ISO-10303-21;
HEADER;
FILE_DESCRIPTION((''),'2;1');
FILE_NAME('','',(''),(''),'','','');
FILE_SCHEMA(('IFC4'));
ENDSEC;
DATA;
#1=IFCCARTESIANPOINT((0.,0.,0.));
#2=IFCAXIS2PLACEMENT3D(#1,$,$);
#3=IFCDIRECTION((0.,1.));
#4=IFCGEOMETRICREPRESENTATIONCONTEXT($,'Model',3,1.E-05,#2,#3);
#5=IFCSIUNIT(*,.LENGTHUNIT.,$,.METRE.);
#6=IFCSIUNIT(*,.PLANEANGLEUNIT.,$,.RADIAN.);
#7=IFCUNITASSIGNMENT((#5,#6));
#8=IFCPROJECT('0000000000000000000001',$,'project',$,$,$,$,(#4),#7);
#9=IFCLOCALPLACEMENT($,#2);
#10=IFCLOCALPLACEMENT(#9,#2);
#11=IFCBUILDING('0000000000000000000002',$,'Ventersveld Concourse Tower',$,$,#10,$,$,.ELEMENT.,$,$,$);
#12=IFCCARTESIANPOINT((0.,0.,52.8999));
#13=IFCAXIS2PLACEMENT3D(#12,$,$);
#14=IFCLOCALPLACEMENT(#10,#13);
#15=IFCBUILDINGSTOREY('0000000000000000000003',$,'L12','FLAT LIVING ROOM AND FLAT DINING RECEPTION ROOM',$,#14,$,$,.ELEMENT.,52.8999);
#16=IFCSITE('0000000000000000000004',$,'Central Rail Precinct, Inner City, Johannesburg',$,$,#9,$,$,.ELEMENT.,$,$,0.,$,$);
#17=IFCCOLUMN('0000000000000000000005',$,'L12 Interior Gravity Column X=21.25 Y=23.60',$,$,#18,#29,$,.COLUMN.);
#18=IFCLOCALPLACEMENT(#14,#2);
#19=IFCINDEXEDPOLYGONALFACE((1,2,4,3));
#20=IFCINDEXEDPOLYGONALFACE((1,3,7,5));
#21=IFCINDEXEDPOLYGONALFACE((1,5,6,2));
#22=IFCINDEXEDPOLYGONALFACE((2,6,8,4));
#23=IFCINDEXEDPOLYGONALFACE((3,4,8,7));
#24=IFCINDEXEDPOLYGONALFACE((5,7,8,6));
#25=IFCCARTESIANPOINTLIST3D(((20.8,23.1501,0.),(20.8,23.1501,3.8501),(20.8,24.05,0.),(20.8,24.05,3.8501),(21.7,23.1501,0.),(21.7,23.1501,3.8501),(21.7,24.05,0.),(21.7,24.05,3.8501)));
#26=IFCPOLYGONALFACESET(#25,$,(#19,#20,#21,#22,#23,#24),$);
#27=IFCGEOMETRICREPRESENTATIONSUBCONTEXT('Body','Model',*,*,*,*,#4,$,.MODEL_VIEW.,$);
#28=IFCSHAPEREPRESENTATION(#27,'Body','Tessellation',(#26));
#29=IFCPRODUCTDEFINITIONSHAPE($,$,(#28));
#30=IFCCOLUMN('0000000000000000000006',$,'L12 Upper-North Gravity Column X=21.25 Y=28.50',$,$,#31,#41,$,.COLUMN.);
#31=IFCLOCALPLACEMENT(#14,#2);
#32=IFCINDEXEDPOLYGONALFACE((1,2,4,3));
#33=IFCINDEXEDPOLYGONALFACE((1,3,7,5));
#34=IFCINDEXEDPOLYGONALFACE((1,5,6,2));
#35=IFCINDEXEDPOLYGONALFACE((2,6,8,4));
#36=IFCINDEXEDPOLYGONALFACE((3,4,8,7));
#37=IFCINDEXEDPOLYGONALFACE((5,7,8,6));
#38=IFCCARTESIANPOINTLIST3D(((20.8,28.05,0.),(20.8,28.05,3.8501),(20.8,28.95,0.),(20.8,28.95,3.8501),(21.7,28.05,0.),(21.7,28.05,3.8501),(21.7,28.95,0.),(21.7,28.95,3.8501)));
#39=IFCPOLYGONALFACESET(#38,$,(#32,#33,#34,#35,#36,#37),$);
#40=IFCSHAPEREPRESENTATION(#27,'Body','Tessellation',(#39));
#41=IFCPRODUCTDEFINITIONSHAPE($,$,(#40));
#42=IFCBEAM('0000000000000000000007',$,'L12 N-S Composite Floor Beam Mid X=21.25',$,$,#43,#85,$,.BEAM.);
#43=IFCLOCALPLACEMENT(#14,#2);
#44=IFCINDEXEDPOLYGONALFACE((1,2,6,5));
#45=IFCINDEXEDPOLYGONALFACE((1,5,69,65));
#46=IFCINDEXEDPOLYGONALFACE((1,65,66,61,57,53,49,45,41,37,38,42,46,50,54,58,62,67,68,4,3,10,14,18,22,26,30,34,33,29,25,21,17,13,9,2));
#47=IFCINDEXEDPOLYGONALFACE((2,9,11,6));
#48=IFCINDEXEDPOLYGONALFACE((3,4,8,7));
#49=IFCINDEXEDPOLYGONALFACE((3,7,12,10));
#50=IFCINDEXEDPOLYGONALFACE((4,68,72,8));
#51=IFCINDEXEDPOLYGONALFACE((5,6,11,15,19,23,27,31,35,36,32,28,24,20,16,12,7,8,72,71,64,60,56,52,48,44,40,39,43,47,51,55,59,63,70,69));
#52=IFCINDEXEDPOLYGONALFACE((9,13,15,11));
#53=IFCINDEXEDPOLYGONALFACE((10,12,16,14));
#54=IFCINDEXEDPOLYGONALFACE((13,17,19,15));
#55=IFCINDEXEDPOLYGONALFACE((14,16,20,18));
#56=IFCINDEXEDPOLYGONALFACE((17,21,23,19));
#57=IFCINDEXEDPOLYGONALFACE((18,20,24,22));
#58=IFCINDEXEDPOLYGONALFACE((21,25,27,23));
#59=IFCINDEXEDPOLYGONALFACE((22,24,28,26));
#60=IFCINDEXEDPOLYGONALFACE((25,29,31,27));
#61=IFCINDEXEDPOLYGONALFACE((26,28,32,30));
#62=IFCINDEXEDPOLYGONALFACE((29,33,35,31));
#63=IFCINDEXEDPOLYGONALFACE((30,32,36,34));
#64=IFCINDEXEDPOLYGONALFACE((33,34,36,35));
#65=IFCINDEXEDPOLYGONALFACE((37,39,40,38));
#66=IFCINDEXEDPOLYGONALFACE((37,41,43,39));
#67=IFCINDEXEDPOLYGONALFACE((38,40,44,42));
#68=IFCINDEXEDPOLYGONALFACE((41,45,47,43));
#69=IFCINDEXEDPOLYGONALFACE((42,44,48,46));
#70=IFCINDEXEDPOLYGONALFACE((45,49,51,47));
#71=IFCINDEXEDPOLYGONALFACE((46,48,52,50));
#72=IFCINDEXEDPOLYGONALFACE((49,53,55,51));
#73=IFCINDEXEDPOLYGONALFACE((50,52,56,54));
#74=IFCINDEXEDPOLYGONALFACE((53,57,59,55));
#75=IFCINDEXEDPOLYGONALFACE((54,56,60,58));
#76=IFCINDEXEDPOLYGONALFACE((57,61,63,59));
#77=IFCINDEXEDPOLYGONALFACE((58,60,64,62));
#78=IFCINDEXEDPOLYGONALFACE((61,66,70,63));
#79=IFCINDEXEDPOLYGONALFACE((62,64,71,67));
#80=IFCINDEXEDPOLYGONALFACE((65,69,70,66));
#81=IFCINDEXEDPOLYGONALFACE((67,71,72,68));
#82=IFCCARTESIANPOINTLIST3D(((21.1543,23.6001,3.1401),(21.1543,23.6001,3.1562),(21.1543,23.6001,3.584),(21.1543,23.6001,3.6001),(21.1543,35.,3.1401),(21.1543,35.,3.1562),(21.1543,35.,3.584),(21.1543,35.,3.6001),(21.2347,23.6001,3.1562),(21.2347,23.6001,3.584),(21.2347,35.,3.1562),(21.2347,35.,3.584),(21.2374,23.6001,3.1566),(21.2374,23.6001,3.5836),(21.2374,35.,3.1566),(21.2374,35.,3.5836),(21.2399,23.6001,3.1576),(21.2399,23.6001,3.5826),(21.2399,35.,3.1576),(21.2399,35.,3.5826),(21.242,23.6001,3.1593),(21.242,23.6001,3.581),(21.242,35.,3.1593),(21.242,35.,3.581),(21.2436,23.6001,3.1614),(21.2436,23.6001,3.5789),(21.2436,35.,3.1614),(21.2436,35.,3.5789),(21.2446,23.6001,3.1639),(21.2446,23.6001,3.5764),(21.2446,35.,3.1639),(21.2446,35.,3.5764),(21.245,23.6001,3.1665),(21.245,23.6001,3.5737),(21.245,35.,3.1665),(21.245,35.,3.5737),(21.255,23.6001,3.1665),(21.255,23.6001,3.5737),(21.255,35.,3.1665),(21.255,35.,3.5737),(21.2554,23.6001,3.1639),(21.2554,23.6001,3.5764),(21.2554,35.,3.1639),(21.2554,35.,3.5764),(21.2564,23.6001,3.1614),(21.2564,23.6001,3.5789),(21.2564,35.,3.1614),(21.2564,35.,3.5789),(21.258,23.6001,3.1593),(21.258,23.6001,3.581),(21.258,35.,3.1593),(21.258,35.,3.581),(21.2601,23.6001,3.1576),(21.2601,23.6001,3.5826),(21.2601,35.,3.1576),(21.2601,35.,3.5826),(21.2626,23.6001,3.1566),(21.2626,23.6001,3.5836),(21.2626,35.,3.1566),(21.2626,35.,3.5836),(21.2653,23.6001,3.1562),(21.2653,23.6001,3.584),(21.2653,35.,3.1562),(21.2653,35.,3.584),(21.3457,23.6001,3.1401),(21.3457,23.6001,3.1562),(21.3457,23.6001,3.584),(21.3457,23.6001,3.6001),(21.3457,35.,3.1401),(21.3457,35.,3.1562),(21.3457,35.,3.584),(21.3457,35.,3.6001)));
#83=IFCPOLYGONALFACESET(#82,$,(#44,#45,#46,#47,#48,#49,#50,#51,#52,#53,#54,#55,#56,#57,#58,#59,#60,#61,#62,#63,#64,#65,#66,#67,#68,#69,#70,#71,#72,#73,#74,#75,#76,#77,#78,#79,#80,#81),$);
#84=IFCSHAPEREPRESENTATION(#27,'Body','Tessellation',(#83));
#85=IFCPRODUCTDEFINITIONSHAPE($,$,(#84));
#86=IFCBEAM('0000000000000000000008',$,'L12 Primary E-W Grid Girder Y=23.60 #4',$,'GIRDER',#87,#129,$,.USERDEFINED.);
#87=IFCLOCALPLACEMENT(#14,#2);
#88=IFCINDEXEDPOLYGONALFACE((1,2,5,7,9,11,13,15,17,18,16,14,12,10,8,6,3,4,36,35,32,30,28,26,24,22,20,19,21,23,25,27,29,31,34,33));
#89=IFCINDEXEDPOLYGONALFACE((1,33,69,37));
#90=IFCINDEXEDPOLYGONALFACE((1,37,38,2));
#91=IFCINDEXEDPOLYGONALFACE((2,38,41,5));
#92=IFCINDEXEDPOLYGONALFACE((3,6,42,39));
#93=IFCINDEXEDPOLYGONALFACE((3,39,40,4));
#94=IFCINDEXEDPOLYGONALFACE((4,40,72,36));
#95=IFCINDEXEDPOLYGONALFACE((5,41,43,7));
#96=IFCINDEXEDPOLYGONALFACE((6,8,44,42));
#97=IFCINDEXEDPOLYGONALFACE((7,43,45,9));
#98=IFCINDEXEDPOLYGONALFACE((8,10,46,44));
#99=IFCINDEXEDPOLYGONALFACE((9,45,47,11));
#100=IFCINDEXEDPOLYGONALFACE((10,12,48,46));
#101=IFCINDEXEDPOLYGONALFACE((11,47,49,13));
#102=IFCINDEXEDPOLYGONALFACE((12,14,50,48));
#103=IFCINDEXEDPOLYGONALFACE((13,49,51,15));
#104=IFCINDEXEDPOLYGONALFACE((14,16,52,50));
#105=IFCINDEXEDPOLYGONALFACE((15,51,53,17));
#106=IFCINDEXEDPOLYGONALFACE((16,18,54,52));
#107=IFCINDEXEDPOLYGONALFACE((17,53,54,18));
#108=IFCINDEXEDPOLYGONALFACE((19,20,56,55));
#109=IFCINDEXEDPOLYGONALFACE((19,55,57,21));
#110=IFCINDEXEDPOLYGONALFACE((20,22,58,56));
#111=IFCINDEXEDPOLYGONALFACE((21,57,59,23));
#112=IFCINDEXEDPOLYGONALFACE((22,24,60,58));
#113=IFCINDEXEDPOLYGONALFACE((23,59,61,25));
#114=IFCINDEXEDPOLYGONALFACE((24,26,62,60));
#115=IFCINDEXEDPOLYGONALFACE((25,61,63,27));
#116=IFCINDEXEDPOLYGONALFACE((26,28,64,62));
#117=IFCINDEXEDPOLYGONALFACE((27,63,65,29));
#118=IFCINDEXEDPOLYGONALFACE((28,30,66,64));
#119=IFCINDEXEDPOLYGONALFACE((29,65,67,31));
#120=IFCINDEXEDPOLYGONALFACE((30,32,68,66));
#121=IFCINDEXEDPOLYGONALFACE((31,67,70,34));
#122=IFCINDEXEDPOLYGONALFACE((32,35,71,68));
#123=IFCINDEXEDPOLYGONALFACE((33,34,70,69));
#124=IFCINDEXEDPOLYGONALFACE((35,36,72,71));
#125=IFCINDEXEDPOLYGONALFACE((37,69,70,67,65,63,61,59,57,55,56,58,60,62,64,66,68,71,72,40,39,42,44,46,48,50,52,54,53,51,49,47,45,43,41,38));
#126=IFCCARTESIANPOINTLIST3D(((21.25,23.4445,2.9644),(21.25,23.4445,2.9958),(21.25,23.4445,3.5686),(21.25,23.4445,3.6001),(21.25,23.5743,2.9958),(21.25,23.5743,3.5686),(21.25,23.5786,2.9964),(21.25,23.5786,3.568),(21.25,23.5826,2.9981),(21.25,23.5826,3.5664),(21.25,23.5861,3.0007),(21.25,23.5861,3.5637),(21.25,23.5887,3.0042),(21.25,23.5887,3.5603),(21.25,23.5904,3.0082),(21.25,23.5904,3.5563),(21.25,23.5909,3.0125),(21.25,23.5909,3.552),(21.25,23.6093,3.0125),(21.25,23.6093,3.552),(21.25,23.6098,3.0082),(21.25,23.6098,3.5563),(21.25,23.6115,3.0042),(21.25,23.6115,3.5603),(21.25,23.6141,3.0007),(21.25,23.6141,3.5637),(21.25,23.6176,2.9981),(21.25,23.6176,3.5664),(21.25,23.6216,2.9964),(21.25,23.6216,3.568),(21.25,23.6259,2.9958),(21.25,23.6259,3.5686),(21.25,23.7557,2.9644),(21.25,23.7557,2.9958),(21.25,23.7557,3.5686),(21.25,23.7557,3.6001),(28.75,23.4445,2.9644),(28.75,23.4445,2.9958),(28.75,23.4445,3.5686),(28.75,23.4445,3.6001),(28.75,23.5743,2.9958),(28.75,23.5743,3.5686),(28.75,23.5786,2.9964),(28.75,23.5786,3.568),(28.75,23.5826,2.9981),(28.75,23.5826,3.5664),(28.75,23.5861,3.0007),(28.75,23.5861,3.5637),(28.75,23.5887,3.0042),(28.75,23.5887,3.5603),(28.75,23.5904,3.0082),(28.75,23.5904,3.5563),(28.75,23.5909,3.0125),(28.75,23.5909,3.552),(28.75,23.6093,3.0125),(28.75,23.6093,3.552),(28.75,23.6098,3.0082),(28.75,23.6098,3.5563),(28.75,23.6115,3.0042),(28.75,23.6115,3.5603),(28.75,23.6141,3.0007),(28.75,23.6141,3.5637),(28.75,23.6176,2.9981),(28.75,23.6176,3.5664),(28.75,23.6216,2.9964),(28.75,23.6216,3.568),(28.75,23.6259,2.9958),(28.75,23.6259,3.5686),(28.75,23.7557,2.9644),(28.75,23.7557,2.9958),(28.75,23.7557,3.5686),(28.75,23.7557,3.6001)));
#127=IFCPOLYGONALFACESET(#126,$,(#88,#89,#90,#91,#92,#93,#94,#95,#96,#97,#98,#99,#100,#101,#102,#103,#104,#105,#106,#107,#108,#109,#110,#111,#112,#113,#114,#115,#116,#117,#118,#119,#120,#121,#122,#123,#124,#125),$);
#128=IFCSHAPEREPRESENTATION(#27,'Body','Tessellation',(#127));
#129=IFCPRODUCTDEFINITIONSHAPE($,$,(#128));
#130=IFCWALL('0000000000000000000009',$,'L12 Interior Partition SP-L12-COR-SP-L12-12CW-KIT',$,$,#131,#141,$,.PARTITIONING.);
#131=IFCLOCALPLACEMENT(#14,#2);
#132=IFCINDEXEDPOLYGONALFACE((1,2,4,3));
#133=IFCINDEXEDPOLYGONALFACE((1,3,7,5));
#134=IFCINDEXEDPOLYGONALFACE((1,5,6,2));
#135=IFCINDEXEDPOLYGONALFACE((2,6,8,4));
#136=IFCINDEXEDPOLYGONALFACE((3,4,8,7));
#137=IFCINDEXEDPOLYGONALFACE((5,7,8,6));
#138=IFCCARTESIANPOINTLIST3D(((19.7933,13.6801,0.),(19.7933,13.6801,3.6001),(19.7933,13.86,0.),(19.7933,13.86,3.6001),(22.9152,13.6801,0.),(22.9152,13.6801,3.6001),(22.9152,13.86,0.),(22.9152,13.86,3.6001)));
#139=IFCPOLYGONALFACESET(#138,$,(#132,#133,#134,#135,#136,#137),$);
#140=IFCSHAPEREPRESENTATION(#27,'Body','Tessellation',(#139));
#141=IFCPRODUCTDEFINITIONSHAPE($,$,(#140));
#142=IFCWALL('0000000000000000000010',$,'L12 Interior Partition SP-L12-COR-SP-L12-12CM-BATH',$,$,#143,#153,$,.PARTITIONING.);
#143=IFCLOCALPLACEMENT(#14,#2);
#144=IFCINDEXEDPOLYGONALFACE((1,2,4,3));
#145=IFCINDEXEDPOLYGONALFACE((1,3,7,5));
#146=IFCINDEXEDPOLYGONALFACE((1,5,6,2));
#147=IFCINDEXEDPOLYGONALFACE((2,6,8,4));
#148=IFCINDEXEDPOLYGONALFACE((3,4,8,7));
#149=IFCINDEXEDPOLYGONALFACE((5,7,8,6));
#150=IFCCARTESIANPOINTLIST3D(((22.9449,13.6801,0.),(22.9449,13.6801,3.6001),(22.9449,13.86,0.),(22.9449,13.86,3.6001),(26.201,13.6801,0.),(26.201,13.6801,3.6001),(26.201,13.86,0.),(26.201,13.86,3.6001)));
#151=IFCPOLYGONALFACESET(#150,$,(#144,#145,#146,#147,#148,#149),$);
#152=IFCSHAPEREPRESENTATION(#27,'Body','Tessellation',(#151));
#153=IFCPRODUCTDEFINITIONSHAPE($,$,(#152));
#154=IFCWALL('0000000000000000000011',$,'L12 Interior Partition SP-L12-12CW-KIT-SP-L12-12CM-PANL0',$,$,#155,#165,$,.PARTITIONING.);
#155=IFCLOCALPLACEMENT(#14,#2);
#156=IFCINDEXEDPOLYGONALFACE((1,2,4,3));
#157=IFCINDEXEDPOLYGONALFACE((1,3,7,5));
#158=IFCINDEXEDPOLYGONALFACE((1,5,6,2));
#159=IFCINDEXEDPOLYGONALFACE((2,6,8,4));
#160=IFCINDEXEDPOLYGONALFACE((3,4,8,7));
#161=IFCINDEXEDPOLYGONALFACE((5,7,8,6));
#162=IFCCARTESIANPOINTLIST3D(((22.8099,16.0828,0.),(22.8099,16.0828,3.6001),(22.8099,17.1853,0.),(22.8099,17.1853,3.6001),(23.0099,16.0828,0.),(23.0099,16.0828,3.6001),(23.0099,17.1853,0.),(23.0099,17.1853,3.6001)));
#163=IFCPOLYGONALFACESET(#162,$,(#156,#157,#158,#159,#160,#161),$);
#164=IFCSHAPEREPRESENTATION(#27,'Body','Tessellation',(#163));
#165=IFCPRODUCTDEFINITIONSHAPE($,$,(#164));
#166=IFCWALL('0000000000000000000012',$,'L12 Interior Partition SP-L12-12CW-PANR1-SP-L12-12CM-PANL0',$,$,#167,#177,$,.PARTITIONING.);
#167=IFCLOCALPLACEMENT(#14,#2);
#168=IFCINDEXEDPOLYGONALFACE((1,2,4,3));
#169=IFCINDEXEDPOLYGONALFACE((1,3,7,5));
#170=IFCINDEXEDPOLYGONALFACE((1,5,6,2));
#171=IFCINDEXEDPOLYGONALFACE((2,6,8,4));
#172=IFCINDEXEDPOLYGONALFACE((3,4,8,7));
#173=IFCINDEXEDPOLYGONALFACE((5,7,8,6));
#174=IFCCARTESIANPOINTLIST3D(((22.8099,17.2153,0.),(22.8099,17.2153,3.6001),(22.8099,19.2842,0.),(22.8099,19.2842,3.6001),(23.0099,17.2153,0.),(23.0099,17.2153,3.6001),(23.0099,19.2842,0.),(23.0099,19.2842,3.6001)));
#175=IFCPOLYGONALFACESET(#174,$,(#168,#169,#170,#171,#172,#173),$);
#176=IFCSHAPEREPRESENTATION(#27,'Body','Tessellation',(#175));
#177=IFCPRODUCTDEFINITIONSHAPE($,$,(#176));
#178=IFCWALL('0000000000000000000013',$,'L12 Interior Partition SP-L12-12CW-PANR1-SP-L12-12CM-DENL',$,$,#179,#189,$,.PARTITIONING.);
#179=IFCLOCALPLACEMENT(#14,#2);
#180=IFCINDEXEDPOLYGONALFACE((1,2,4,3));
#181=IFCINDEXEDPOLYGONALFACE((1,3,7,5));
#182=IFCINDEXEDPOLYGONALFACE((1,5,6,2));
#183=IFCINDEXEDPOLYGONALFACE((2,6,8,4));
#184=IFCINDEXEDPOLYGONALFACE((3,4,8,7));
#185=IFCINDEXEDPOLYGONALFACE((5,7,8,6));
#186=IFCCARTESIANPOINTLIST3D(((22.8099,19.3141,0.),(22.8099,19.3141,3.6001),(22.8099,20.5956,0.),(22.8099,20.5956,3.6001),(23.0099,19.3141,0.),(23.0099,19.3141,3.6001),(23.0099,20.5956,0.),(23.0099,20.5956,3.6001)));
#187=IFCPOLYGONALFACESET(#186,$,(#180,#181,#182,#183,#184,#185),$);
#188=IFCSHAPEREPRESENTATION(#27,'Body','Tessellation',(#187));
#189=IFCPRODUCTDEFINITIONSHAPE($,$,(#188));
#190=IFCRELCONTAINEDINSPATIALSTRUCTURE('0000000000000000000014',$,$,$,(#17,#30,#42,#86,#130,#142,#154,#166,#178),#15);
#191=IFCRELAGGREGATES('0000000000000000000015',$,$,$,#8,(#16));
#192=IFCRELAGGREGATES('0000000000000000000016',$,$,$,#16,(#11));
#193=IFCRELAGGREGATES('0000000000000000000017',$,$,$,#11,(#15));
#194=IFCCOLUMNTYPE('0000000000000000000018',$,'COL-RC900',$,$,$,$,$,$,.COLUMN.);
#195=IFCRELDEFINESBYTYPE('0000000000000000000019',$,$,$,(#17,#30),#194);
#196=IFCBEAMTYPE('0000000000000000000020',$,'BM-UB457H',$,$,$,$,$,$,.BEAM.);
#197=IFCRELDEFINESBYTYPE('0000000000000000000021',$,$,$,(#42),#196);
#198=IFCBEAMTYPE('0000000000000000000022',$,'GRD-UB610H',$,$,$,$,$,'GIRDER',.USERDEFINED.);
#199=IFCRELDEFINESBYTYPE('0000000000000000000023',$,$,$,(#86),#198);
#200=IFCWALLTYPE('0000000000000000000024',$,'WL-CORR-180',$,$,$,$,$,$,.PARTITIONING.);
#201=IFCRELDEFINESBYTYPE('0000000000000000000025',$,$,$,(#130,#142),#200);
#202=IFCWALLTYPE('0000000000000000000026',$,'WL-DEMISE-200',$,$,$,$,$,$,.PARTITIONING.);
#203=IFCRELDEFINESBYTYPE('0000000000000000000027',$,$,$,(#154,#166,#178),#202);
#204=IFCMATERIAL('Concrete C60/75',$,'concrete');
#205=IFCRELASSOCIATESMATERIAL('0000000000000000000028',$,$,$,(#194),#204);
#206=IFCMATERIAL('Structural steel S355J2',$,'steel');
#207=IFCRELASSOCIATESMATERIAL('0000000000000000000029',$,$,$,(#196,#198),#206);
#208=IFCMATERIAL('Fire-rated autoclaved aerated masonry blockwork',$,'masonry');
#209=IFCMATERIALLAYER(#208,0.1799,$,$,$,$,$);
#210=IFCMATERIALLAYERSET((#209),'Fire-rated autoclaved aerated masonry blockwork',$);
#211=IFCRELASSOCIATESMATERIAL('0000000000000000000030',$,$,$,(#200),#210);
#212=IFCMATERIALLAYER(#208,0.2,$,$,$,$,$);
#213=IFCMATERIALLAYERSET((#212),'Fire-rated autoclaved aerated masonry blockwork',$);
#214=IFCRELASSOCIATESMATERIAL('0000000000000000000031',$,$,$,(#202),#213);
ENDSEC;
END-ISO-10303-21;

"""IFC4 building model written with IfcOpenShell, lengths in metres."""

from ifc_helpers import new_model, si_unit, direction, frame, frame_2d, origin, origin_2d, place, context, subcontext, project, spatial, rectangle, i_section, extrude, material, layer, layer_set, material_profile, profile_set, type_object, element, save


model = new_model("IFC4")

# Units and contexts
model_context = context("Model", 3, precision=1e-05, world=origin(), true_north=direction((0.0, 1.0)))
body_context = subcontext(model_context, "Body", "Model", "MODEL_VIEW")
ifc_project = project(units=[si_unit("LENGTHUNIT", "METRE"), si_unit("PLANEANGLEUNIT", "RADIAN")], contexts=[model_context])

# Site, building, storey
site_placement = place(None, origin())
site = spatial("IfcSite", under=ifc_project, at=site_placement, Name="Central Rail Precinct, Inner City, Johannesburg", CompositionType="ELEMENT", RefElevation=0.0)
building_placement = place(site_placement, origin())
building = spatial("IfcBuilding", under=site, at=building_placement, Name="Ventersveld Concourse Tower", CompositionType="ELEMENT")
storey_placement = place(building_placement, frame((0.0, 0.0, 52.8999)))
storey = spatial("IfcBuildingStorey", under=building, at=storey_placement, Name="L12", Description="FLAT LIVING ROOM AND FLAT DINING RECEPTION ROOM", CompositionType="ELEMENT", Elevation=52.8999)

# Columns
ifc_material_1 = material(Name="Concrete C60/75", Category="concrete")
ifc_material_profile_1 = material_profile(ifc_material_1, rectangle(XDim=0.8999, YDim=0.8999, at=origin_2d()), Name="RC 900x900")
ifc_profile_set_1 = profile_set([ifc_material_profile_1], Name="Concrete C60/75")
column_type = type_object("IfcColumnType", Name="COL-RC900", PredefinedType="COLUMN", material=ifc_profile_set_1)
for number, where, z_axis, x_axis, name in (
    (1, (21.25, 23.6001, 0.0), (0.0, 0.0, 1.0), (1.0, 0.0, 0.0), "L12 Interior Gravity Column X=21.25 Y=23.60"),
    (2, (21.25, 28.5, 0.0), (0.0, 0.0, 1.0), (1.0, 0.0, 0.0), "L12 Upper-North Gravity Column X=21.25 Y=28.50"),
):
    element("IfcColumn", number, at=place(storey_placement, frame(where, z_axis=z_axis, x_axis=x_axis)), inside=storey, type_object=column_type, Name=name, PredefinedType="COLUMN", context=body_context, shape_type="SweptSolid", body=[
        extrude(rectangle(XDim=0.8999, YDim=0.8999, at=origin_2d()), origin(), (0.0, 0.0, 1.0), 3.8501),
    ])

# Beams
ifc_material_2 = material(Name="Structural steel S355J2", Category="steel")
ifc_material_profile_2 = material_profile(ifc_material_2, i_section(OverallWidth=0.1914, OverallDepth=0.46, WebThickness=0.01, FlangeThickness=0.0161, FilletRadius=0.0103, at=origin_2d()), Name="UB 457x191x82")
ifc_profile_set_2 = profile_set([ifc_material_profile_2], Name="Structural steel S355J2")
beam_type_1 = type_object("IfcBeamType", Name="BM-UB457H", PredefinedType="BEAM", material=ifc_profile_set_2)
beam_1_placement = place(storey_placement, frame((21.25, 23.6001, 3.3701), z_axis=(0.0, 1.0, 0.0), x_axis=(-1.0, 0.0, 0.0)))
element("IfcBeam", 3, at=beam_1_placement, inside=storey, type_object=beam_type_1, Name="L12 N-S Composite Floor Beam Mid X=21.25", PredefinedType="BEAM", context=body_context, shape_type="SweptSolid", body=[
    extrude(i_section(OverallWidth=0.1914, OverallDepth=0.46, WebThickness=0.01, FlangeThickness=0.0161, FilletRadius=0.0103, at=origin_2d()), origin(), (0.0, 0.0, 1.0), 11.3999),
])
ifc_material_profile_3 = material_profile(ifc_material_2, i_section(OverallWidth=0.3113, OverallDepth=0.6357, WebThickness=0.0183, FlangeThickness=0.0315, FilletRadius=0.0166, at=origin_2d()), Name="UB 610x305x238")
ifc_profile_set_3 = profile_set([ifc_material_profile_3], Name="Structural steel S355J2")
beam_type_2 = type_object("IfcBeamType", Name="GRD-UB610H", ElementType="GIRDER", PredefinedType="USERDEFINED", material=ifc_profile_set_3)
beam_2_placement = place(storey_placement, frame((21.25, 23.6001, 3.2822), z_axis=(1.0, 0.0, 0.0), x_axis=(0.0, 1.0, 0.0)))
element("IfcBeam", 4, at=beam_2_placement, inside=storey, type_object=beam_type_2, Name="L12 Primary E-W Grid Girder Y=23.60 #4", ObjectType="GIRDER", PredefinedType="USERDEFINED", context=body_context, shape_type="SweptSolid", body=[
    extrude(i_section(OverallWidth=0.3113, OverallDepth=0.6357, WebThickness=0.0183, FlangeThickness=0.0315, FilletRadius=0.0166, at=origin_2d()), origin(), (0.0, 0.0, 1.0), 7.5),
])

# Wall
ifc_material_3 = material(Name="Fire-rated autoclaved aerated masonry blockwork", Category="masonry")
ifc_layer_1 = layer(ifc_material_3, 0.1799)
ifc_layer_set_1 = layer_set([ifc_layer_1], Name="Fire-rated autoclaved aerated masonry blockwork")
wall_type_1 = type_object("IfcWallType", Name="WL-CORR-180", PredefinedType="PARTITIONING", material=ifc_layer_set_1)
wall_1_placement = place(storey_placement, frame((19.7932, 13.77, 0.0), z_axis=(0.0, 0.0, 1.0), x_axis=(1.0, 0.0, 0.0)))
element("IfcWall", 5, at=wall_1_placement, inside=storey, type_object=wall_type_1, Name="L12 Interior Partition SP-L12-COR-SP-L12-12CW-KIT", PredefinedType="PARTITIONING", context=body_context, shape_type="SweptSolid", body=[
    extrude(rectangle(XDim=3.1218, YDim=0.1799, at=frame_2d((1.561, 0.0))), origin(), (0.0, 0.0, 1.0), 3.6001),
])

# Walls
wall_2_placement = place(storey_placement, frame((22.9451, 13.77, 0.0), z_axis=(0.0, 0.0, 1.0), x_axis=(1.0, 0.0, 0.0)))
element("IfcWall", 6, at=wall_2_placement, inside=storey, type_object=wall_type_1, Name="L12 Interior Partition SP-L12-COR-SP-L12-12CM-BATH", PredefinedType="PARTITIONING", context=body_context, shape_type="SweptSolid", body=[
    extrude(rectangle(XDim=3.2561, YDim=0.1799, at=frame_2d((1.6279, 0.0))), origin(), (0.0, 0.0, 1.0), 3.6001),
])
ifc_layer_2 = layer(ifc_material_3, 0.2)
ifc_layer_set_2 = layer_set([ifc_layer_2], Name="Fire-rated autoclaved aerated masonry blockwork")
wall_type_2 = type_object("IfcWallType", Name="WL-DEMISE-200", PredefinedType="PARTITIONING", material=ifc_layer_set_2)
wall_3_placement = place(storey_placement, frame((22.9099, 16.0828, 0.0), z_axis=(0.0, 0.0, 1.0), x_axis=(0.0, 1.0, 0.0)))
element("IfcWall", 7, at=wall_3_placement, inside=storey, type_object=wall_type_2, Name="L12 Interior Partition SP-L12-12CW-KIT-SP-L12-12CM-PANL0", PredefinedType="PARTITIONING", context=body_context, shape_type="SweptSolid", body=[
    extrude(rectangle(XDim=1.1025, YDim=0.2, at=frame_2d((0.5513, 0.0))), origin(), (0.0, 0.0, 1.0), 3.6001),
])
wall_4_placement = place(storey_placement, frame((22.9099, 17.2153, 0.0), z_axis=(0.0, 0.0, 1.0), x_axis=(0.0, 1.0, 0.0)))
element("IfcWall", 8, at=wall_4_placement, inside=storey, type_object=wall_type_2, Name="L12 Interior Partition SP-L12-12CW-PANR1-SP-L12-12CM-PANL0", PredefinedType="PARTITIONING", context=body_context, shape_type="SweptSolid", body=[
    extrude(rectangle(XDim=2.0688, YDim=0.2, at=frame_2d((1.0344, 0.0))), origin(), (0.0, 0.0, 1.0), 3.6001),
])
wall_5_placement = place(storey_placement, frame((22.9099, 19.3142, 0.0), z_axis=(0.0, 0.0, 1.0), x_axis=(0.0, 1.0, 0.0)))
element("IfcWall", 9, at=wall_5_placement, inside=storey, type_object=wall_type_2, Name="L12 Interior Partition SP-L12-12CW-PANR1-SP-L12-12CM-DENL", PredefinedType="PARTITIONING", context=body_context, shape_type="SweptSolid", body=[
    extrude(rectangle(XDim=1.2815, YDim=0.2, at=frame_2d((0.6406, 0.0))), origin(), (0.0, 0.0, 1.0), 3.6001),
])

save(model, "model.ifc")
